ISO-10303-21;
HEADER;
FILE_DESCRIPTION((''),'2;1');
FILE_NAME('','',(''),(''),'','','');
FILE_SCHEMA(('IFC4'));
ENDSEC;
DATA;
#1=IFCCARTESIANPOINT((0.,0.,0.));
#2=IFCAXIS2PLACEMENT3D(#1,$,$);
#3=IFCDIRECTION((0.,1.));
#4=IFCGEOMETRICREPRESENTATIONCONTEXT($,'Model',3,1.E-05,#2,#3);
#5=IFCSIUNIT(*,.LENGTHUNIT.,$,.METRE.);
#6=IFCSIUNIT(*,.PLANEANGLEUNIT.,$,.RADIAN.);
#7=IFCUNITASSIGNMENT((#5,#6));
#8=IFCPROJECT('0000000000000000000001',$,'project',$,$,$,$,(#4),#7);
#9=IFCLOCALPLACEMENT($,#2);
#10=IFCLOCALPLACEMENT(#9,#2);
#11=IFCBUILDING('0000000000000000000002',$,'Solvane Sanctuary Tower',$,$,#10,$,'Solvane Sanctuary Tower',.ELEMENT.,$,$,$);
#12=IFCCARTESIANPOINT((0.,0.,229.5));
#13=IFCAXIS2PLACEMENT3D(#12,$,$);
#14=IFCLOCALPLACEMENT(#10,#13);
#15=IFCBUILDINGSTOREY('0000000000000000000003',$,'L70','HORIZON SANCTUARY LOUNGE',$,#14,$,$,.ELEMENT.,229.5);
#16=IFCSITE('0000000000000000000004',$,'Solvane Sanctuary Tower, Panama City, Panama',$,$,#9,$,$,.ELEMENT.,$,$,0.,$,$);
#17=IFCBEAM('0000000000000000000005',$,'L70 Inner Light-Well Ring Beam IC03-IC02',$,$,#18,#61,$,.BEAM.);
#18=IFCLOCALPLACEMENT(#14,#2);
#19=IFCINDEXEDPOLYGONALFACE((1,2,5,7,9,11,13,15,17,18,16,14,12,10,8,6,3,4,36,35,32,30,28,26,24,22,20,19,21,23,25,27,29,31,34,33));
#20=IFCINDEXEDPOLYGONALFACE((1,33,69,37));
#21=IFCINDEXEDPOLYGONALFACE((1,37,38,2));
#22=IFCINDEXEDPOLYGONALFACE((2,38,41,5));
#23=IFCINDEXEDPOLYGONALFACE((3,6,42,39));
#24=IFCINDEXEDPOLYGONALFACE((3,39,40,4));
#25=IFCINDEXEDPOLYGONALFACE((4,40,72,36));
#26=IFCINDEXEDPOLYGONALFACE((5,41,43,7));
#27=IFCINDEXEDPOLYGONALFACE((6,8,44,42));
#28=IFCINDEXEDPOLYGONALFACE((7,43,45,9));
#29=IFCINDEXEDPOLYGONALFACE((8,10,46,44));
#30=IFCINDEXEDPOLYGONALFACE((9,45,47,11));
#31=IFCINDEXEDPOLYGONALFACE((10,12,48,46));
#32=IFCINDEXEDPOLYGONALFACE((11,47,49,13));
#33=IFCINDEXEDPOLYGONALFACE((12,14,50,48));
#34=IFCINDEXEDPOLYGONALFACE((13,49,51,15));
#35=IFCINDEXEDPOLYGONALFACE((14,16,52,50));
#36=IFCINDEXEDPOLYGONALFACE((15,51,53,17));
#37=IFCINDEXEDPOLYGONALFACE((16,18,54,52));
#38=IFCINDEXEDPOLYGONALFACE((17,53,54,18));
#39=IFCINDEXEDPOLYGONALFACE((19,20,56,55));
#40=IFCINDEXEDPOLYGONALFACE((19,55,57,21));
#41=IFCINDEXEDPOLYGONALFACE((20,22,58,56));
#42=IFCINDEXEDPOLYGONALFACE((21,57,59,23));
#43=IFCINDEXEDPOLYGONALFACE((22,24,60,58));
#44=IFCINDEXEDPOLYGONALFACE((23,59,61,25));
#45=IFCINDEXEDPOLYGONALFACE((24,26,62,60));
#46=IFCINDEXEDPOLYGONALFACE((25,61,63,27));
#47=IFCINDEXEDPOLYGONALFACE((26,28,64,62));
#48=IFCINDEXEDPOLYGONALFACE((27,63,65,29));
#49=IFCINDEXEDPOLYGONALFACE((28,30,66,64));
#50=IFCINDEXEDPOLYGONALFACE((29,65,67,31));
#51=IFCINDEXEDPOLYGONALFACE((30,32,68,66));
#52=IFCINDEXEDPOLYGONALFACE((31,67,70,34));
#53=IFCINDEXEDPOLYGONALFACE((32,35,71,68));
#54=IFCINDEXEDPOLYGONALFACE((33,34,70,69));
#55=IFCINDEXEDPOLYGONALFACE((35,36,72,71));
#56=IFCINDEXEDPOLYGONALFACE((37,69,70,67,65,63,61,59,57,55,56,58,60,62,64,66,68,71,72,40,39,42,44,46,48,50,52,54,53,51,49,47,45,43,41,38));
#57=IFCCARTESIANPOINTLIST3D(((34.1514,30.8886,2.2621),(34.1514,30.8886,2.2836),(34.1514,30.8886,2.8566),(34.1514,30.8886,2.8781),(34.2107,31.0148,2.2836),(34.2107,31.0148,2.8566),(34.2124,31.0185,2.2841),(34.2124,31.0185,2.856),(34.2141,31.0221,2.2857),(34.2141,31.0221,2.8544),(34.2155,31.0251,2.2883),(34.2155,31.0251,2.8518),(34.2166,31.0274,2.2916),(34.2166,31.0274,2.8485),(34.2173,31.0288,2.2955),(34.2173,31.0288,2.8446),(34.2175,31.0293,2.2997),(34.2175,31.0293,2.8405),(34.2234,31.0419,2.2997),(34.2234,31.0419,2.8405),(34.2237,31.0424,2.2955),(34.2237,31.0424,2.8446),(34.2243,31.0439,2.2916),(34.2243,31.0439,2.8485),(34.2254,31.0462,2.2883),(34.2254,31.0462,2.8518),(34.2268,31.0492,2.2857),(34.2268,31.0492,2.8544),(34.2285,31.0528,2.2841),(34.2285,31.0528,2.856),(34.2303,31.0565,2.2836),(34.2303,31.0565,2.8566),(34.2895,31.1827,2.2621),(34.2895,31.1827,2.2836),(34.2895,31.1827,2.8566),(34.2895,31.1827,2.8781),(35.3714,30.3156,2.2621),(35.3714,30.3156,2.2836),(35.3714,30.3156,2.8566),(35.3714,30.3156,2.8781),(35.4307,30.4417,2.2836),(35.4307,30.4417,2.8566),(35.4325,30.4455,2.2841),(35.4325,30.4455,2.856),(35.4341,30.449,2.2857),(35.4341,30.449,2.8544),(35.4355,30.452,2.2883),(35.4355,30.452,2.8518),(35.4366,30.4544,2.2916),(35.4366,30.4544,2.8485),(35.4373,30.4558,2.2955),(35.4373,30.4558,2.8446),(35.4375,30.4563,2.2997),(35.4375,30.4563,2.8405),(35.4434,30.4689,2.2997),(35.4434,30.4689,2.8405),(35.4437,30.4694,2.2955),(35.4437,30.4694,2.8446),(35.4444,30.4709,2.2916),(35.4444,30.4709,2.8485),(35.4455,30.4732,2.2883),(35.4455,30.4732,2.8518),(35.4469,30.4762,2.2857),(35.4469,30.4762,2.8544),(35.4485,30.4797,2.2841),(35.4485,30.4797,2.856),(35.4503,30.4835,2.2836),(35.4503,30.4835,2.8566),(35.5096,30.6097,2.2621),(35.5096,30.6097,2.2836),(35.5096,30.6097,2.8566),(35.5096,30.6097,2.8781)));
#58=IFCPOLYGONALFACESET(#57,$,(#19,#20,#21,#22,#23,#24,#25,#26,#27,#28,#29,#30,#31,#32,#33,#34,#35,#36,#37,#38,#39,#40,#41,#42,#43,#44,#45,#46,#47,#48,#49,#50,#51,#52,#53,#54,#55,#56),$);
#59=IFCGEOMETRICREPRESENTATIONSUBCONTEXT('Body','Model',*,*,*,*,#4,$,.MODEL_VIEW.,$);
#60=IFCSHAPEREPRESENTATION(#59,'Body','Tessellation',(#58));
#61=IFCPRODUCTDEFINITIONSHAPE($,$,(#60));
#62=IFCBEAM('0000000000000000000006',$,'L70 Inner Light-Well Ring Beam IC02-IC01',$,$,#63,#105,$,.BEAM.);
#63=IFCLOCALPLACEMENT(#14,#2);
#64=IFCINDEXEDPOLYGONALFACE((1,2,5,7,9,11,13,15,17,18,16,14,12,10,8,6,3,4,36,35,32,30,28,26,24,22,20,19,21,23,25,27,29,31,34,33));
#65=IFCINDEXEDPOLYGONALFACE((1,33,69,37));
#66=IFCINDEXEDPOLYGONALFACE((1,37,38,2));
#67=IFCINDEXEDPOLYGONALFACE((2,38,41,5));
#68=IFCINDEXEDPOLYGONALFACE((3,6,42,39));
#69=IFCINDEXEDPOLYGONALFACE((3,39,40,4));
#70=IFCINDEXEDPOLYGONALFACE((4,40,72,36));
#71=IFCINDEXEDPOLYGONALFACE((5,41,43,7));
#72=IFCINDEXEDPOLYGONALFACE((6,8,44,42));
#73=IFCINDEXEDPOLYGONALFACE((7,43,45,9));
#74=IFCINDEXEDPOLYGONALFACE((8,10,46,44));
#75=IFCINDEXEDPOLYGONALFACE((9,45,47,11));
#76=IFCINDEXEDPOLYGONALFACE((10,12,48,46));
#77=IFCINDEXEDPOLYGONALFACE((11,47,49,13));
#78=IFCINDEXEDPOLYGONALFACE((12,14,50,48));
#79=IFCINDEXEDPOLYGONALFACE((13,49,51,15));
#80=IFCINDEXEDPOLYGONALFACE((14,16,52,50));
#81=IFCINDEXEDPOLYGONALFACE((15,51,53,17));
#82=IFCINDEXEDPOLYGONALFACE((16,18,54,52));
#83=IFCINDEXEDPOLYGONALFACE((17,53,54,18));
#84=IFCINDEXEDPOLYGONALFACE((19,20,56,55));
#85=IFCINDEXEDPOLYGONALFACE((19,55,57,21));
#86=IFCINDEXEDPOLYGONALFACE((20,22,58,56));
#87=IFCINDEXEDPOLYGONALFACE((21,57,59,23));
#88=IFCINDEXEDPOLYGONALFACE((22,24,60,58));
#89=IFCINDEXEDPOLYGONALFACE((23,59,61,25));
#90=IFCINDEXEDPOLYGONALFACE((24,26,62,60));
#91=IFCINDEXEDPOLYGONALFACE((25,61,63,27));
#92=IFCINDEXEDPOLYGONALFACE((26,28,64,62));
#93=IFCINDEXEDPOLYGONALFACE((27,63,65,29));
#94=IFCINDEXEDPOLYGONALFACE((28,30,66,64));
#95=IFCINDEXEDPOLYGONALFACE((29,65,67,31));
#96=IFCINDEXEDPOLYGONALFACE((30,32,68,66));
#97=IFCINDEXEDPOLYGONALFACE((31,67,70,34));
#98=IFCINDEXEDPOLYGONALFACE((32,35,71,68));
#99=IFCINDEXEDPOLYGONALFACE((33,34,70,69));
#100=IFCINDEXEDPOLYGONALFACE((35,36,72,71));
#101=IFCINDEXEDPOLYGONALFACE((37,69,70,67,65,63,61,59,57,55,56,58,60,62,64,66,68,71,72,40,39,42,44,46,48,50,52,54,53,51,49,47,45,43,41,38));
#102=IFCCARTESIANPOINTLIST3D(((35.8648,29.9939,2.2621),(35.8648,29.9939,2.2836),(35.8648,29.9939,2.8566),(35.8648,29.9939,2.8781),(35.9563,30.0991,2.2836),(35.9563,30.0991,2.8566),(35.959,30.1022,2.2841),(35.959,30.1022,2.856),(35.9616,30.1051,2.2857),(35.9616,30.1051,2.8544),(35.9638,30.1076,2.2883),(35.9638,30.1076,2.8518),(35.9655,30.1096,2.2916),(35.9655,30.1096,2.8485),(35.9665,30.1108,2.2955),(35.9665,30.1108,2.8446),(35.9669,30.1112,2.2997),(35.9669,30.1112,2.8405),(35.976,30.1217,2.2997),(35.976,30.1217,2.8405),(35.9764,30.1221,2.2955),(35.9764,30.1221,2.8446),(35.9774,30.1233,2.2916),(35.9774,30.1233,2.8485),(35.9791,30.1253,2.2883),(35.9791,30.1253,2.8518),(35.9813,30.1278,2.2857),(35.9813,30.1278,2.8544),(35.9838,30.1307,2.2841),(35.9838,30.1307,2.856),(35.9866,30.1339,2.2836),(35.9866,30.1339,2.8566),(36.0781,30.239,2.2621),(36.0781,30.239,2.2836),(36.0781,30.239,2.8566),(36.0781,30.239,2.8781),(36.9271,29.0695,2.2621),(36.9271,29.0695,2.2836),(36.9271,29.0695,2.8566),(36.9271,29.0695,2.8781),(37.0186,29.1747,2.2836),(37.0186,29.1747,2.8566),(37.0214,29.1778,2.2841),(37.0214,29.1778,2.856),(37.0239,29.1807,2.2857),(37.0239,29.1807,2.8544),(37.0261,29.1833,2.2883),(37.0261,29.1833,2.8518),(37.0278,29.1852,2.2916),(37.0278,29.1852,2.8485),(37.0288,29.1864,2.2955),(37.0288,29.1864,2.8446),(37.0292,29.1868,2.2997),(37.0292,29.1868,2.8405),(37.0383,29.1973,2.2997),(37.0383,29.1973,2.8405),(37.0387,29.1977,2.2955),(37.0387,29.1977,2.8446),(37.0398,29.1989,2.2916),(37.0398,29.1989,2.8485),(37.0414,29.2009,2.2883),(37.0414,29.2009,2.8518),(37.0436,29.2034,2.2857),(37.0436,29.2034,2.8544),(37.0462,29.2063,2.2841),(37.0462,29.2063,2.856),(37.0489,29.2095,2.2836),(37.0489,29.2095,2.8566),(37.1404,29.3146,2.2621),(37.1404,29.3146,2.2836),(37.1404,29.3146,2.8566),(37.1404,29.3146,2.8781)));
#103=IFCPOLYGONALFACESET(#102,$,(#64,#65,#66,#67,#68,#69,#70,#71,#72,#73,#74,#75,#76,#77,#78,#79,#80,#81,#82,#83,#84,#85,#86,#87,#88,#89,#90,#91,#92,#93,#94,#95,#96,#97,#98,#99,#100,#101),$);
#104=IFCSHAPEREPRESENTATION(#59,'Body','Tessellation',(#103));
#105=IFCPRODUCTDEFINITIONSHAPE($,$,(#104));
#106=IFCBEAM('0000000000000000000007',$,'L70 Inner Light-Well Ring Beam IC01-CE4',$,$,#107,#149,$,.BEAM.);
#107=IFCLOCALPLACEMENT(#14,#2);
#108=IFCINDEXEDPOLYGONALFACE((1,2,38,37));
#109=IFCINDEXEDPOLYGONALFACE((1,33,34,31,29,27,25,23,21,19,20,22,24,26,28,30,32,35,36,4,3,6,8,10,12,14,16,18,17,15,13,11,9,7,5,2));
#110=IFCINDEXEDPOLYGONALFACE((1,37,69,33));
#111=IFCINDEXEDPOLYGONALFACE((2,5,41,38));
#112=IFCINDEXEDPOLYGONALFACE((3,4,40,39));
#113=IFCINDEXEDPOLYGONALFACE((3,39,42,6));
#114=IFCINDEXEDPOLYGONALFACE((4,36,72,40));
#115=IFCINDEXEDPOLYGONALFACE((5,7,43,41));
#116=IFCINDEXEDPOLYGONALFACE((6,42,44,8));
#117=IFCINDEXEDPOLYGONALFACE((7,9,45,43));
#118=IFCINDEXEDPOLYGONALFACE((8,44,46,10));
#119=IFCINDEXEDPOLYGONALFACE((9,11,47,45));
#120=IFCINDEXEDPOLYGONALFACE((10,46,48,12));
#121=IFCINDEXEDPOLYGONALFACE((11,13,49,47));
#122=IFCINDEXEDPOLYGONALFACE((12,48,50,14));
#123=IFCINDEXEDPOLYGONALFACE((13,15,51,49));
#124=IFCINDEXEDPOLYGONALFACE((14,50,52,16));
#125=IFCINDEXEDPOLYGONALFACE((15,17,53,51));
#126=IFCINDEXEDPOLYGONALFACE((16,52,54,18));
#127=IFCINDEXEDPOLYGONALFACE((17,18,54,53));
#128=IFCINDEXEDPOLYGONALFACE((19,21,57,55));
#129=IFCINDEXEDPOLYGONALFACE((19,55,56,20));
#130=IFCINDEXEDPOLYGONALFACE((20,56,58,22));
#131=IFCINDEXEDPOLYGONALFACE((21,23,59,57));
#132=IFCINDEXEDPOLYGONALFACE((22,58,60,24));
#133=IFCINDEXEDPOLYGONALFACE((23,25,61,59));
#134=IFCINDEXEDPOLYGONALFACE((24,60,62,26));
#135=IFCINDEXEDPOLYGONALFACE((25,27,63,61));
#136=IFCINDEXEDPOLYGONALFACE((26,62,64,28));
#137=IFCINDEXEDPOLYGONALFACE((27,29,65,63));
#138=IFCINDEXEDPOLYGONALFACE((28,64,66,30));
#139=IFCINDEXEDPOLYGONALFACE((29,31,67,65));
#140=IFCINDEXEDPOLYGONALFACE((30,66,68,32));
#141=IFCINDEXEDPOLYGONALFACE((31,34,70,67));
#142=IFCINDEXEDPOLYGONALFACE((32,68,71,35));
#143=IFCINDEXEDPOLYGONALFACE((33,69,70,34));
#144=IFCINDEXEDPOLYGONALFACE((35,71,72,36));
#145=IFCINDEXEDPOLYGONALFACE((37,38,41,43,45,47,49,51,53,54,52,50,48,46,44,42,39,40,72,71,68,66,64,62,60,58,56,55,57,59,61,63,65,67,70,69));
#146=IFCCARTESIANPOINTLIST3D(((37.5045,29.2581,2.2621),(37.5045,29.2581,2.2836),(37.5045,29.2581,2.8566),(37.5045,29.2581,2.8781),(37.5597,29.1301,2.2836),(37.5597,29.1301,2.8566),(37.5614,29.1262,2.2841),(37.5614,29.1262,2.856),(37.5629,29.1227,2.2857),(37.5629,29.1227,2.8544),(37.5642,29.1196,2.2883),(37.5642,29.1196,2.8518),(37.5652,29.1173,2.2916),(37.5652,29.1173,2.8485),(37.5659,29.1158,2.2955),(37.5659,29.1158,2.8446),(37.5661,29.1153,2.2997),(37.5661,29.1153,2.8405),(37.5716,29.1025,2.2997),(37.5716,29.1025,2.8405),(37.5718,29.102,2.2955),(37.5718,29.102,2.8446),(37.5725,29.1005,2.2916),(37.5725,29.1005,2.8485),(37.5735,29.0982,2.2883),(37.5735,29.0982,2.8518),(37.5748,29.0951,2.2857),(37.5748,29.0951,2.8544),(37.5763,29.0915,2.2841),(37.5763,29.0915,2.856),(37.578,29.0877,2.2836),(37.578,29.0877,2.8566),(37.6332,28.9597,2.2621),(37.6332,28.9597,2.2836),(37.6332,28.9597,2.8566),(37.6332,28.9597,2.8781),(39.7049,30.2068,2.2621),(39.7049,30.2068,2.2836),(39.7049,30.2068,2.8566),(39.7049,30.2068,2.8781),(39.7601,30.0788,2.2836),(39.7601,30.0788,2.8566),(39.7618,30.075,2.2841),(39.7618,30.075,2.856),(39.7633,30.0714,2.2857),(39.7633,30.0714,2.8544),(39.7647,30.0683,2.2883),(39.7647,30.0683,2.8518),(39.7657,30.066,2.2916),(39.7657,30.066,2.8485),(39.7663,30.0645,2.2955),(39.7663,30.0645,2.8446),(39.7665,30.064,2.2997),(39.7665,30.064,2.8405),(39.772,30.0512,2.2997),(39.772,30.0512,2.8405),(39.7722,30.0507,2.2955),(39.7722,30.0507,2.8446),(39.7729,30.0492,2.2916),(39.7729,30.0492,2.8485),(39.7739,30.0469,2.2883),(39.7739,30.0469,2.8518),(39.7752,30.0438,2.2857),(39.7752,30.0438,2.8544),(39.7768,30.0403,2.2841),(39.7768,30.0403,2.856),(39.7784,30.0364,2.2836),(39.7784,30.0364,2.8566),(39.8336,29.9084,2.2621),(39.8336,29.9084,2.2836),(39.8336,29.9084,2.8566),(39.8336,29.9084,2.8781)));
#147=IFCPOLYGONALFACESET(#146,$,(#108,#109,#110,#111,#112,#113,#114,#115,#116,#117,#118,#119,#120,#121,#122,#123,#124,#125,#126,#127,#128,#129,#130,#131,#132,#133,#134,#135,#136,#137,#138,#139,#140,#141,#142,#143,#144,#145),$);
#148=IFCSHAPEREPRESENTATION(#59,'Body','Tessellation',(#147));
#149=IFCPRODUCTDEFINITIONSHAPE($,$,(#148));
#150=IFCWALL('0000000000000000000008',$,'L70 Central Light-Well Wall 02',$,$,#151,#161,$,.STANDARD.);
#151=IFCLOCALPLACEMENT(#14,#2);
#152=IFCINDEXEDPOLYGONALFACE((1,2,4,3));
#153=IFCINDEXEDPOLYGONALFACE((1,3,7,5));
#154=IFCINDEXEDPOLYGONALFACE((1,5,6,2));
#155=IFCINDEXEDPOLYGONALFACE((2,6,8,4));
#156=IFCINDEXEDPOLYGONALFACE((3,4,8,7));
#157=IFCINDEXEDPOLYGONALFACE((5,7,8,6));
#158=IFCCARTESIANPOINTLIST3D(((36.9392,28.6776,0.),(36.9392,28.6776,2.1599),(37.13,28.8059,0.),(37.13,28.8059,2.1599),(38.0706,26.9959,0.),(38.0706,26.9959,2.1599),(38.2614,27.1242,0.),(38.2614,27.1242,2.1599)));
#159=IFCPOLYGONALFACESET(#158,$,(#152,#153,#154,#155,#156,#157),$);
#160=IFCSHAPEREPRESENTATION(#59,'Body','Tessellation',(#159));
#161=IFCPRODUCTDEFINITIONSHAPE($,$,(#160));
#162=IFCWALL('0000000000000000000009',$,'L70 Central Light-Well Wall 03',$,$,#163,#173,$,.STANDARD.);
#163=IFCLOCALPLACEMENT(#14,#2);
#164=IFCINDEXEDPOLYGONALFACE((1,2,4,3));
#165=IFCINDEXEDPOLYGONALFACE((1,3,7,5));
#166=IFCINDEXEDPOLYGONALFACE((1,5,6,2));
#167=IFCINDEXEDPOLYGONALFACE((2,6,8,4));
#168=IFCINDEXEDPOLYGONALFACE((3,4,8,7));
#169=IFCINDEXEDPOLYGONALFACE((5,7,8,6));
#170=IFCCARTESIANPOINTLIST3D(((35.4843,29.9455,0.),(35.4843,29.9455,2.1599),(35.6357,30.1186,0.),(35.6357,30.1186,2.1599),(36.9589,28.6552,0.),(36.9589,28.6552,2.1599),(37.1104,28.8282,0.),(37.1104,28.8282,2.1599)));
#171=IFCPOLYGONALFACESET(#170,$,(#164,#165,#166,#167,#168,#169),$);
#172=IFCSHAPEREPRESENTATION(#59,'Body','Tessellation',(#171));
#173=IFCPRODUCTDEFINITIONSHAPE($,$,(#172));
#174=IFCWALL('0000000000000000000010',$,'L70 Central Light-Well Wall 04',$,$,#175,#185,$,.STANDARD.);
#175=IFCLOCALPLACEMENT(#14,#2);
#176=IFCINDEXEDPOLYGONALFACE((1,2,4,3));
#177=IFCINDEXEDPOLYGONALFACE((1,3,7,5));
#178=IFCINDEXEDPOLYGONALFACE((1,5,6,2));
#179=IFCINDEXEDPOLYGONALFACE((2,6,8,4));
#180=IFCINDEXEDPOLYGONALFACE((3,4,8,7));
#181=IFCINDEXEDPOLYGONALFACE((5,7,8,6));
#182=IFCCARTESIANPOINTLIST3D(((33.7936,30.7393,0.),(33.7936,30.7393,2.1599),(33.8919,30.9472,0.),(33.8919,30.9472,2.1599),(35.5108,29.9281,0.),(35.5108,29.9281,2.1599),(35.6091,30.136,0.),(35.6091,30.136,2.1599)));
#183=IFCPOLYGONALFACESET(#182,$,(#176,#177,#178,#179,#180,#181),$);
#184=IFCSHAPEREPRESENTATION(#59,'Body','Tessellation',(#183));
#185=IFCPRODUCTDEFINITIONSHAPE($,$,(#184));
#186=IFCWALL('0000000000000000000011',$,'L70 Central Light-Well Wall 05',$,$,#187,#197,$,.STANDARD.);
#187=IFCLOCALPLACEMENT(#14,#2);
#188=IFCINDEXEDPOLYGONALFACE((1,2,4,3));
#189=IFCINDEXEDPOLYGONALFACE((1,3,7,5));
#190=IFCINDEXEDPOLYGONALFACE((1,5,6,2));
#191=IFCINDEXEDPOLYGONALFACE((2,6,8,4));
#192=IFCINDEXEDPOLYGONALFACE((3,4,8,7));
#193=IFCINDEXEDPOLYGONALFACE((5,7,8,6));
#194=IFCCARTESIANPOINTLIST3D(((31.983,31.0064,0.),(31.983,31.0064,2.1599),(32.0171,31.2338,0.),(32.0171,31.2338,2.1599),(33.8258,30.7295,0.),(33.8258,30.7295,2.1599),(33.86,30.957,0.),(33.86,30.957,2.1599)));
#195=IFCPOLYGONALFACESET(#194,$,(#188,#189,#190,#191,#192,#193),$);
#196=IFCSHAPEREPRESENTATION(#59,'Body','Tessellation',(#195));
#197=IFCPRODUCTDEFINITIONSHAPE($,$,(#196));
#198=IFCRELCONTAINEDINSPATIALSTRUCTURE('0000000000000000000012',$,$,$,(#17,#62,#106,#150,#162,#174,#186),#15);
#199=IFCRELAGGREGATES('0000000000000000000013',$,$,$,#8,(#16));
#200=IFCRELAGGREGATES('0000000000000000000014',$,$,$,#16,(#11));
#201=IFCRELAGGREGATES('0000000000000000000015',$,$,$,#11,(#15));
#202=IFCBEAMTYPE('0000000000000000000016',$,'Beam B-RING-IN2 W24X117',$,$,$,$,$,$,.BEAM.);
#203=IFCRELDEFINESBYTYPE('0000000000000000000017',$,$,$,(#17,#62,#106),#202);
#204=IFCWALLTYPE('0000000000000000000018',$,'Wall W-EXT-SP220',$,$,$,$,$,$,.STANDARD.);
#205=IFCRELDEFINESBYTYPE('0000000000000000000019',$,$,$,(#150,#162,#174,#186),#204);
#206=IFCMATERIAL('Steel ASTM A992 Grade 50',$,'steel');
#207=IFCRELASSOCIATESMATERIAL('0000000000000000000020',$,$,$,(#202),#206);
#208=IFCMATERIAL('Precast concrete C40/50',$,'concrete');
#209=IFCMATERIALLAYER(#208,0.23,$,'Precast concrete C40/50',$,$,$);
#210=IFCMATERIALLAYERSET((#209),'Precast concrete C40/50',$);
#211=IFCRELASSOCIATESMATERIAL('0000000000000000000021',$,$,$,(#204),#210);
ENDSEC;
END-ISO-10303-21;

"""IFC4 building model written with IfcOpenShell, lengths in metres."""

from ifc_helpers import new_model, si_unit, direction, frame, frame_2d, origin, origin_2d, place, context, subcontext, project, spatial, rectangle, i_section, extrude, material, layer, layer_set, material_profile, profile_set, type_object, element, save


model = new_model("IFC4")

# Units and contexts
model_context = context("Model", 3, precision=1e-05, world=origin(), true_north=direction((0.0, 1.0)))
body_context = subcontext(model_context, "Body", "Model", "MODEL_VIEW")
ifc_project = project(units=[si_unit("LENGTHUNIT", "METRE"), si_unit("PLANEANGLEUNIT", "RADIAN")], contexts=[model_context])

# Site, building, storey
site_placement = place(None, origin())
site = spatial("IfcSite", under=ifc_project, at=site_placement, Name="Solvane Sanctuary Tower, Panama City, Panama", CompositionType="ELEMENT", RefElevation=0.0)
building_placement = place(site_placement, origin())
building = spatial("IfcBuilding", under=site, at=building_placement, Name="Solvane Sanctuary Tower", LongName="Solvane Sanctuary Tower", CompositionType="ELEMENT")
storey_placement = place(building_placement, frame((0.0, 0.0, 229.5)))
storey = spatial("IfcBuildingStorey", under=building, at=storey_placement, Name="L70", Description="HORIZON SANCTUARY LOUNGE", CompositionType="ELEMENT", Elevation=229.5)

# Beams
ifc_material_1 = material(Name="Steel ASTM A992 Grade 50", Category="steel")
ifc_material_profile_1 = material_profile(ifc_material_1, i_section(OverallWidth=0.325, OverallDepth=0.616, WebThickness=0.0139, FlangeThickness=0.0215, FilletRadius=0.0161, at=origin_2d()), Name="W24X117")
ifc_profile_set_1 = profile_set([ifc_material_profile_1], Name="Steel ASTM A992 Grade 50")
beam_type_1 = type_object("IfcBeamType", Name="Beam B-RING-IN2 W24X117", PredefinedType="BEAM", material=ifc_profile_set_1)
beam_1_placement = place(storey_placement, frame((34.2205, 31.0356, 2.5701), z_axis=(0.905135, -0.425125, 0.0), x_axis=(0.425125, 0.905135, 0.0)))
element("IfcBeam", 1, at=beam_1_placement, inside=storey, type_object=beam_type_1, Name="L70 Inner Light-Well Ring Beam IC03-IC02", PredefinedType="BEAM", context=body_context, shape_type="SweptSolid", body=[
    extrude(i_section(OverallWidth=0.325, OverallDepth=0.616, WebThickness=0.0139, FlangeThickness=0.0215, FilletRadius=0.0161, at=origin_2d()), origin(), (0.0, 0.0, 1.0), 1.3479),
])
beam_2_placement = place(storey_placement, frame((35.9714, 30.1165, 2.5701), z_axis=(0.754389, -0.656428, 0.0), x_axis=(0.656428, 0.754389, 0.0)))
element("IfcBeam", 2, at=beam_2_placement, inside=storey, type_object=beam_type_1, Name="L70 Inner Light-Well Ring Beam IC02-IC01", PredefinedType="BEAM", context=body_context, shape_type="SweptSolid", body=[
    extrude(i_section(OverallWidth=0.325, OverallDepth=0.616, WebThickness=0.0139, FlangeThickness=0.0215, FilletRadius=0.0161, at=origin_2d()), origin(), (0.0, 0.0, 1.0), 1.4082),
])
beam_3_placement = place(storey_placement, frame((37.5688, 29.1089, 2.5701), z_axis=(0.918284, 0.395923, 0.0), x_axis=(-0.395923, 0.918284, 0.0)))
element("IfcBeam", 3, at=beam_3_placement, inside=storey, type_object=beam_type_1, Name="L70 Inner Light-Well Ring Beam IC01-CE4", PredefinedType="BEAM", context=body_context, shape_type="SweptSolid", body=[
    extrude(i_section(OverallWidth=0.325, OverallDepth=0.616, WebThickness=0.0139, FlangeThickness=0.0215, FilletRadius=0.0161, at=origin_2d()), origin(), (0.0, 0.0, 1.0), 2.3962),
])

# Walls
ifc_material_2 = material(Name="Precast concrete C40/50", Category="concrete")
ifc_layer_1 = layer(ifc_material_2, 0.23, Name="Precast concrete C40/50")
ifc_layer_set_1 = layer_set([ifc_layer_1], Name="Precast concrete C40/50")
wall_type_1 = type_object("IfcWallType", Name="Wall W-EXT-SP220", PredefinedType="STANDARD", material=ifc_layer_set_1)
wall_1_placement = place(storey_placement, frame((38.166, 27.0601, 0.0), z_axis=(0.0, 0.0, 1.0), x_axis=(-0.558198, 0.829708, 0.0)))
element("IfcWall", 4, at=wall_1_placement, inside=storey, type_object=wall_type_1, Name="L70 Central Light-Well Wall 02", PredefinedType="STANDARD", context=body_context, shape_type="SweptSolid", body=[
    extrude(rectangle(XDim=2.0269, YDim=0.23, at=frame_2d((1.0134, 0.0))), origin(), (0.0, 0.0, 1.0), 2.1599),
])
wall_2_placement = place(storey_placement, frame((37.0347, 28.7417, 0.0), z_axis=(0.0, 0.0, 1.0), x_axis=(-0.752577, 0.658505, 0.0)))
element("IfcWall", 5, at=wall_2_placement, inside=storey, type_object=wall_type_1, Name="L70 Central Light-Well Wall 03", PredefinedType="STANDARD", context=body_context, shape_type="SweptSolid", body=[
    extrude(rectangle(XDim=1.9595, YDim=0.23, at=frame_2d((0.9797, 0.0))), origin(), (0.0, 0.0, 1.0), 2.1599),
])
wall_3_placement = place(storey_placement, frame((35.5601, 30.032, 0.0), z_axis=(0.0, 0.0, 1.0), x_axis=(-0.90418, 0.427152, 0.0)))
element("IfcWall", 6, at=wall_3_placement, inside=storey, type_object=wall_type_1, Name="L70 Central Light-Well Wall 04", PredefinedType="STANDARD", context=body_context, shape_type="SweptSolid", body=[
    extrude(rectangle(XDim=1.8992, YDim=0.23, at=frame_2d((0.9497, 0.0))), origin(), (0.0, 0.0, 1.0), 2.1599),
])
for number, where, z_axis, x_axis, name in (
    (7, (33.8428, 30.8433, 0.0), (0.0, 0.0, 1.0), (-0.988902, 0.148571, 0.0), "L70 Central Light-Well Wall 05"),
):
    element("IfcWall", number, at=place(storey_placement, frame(where, z_axis=z_axis, x_axis=x_axis)), inside=storey, type_object=wall_type_1, Name=name, PredefinedType="STANDARD", context=body_context, shape_type="SweptSolid", body=[
        extrude(rectangle(XDim=1.8635, YDim=0.23, at=frame_2d((0.9316, 0.0))), origin(), (0.0, 0.0, 1.0), 2.1599),
    ])

save(model, "model.ifc")
